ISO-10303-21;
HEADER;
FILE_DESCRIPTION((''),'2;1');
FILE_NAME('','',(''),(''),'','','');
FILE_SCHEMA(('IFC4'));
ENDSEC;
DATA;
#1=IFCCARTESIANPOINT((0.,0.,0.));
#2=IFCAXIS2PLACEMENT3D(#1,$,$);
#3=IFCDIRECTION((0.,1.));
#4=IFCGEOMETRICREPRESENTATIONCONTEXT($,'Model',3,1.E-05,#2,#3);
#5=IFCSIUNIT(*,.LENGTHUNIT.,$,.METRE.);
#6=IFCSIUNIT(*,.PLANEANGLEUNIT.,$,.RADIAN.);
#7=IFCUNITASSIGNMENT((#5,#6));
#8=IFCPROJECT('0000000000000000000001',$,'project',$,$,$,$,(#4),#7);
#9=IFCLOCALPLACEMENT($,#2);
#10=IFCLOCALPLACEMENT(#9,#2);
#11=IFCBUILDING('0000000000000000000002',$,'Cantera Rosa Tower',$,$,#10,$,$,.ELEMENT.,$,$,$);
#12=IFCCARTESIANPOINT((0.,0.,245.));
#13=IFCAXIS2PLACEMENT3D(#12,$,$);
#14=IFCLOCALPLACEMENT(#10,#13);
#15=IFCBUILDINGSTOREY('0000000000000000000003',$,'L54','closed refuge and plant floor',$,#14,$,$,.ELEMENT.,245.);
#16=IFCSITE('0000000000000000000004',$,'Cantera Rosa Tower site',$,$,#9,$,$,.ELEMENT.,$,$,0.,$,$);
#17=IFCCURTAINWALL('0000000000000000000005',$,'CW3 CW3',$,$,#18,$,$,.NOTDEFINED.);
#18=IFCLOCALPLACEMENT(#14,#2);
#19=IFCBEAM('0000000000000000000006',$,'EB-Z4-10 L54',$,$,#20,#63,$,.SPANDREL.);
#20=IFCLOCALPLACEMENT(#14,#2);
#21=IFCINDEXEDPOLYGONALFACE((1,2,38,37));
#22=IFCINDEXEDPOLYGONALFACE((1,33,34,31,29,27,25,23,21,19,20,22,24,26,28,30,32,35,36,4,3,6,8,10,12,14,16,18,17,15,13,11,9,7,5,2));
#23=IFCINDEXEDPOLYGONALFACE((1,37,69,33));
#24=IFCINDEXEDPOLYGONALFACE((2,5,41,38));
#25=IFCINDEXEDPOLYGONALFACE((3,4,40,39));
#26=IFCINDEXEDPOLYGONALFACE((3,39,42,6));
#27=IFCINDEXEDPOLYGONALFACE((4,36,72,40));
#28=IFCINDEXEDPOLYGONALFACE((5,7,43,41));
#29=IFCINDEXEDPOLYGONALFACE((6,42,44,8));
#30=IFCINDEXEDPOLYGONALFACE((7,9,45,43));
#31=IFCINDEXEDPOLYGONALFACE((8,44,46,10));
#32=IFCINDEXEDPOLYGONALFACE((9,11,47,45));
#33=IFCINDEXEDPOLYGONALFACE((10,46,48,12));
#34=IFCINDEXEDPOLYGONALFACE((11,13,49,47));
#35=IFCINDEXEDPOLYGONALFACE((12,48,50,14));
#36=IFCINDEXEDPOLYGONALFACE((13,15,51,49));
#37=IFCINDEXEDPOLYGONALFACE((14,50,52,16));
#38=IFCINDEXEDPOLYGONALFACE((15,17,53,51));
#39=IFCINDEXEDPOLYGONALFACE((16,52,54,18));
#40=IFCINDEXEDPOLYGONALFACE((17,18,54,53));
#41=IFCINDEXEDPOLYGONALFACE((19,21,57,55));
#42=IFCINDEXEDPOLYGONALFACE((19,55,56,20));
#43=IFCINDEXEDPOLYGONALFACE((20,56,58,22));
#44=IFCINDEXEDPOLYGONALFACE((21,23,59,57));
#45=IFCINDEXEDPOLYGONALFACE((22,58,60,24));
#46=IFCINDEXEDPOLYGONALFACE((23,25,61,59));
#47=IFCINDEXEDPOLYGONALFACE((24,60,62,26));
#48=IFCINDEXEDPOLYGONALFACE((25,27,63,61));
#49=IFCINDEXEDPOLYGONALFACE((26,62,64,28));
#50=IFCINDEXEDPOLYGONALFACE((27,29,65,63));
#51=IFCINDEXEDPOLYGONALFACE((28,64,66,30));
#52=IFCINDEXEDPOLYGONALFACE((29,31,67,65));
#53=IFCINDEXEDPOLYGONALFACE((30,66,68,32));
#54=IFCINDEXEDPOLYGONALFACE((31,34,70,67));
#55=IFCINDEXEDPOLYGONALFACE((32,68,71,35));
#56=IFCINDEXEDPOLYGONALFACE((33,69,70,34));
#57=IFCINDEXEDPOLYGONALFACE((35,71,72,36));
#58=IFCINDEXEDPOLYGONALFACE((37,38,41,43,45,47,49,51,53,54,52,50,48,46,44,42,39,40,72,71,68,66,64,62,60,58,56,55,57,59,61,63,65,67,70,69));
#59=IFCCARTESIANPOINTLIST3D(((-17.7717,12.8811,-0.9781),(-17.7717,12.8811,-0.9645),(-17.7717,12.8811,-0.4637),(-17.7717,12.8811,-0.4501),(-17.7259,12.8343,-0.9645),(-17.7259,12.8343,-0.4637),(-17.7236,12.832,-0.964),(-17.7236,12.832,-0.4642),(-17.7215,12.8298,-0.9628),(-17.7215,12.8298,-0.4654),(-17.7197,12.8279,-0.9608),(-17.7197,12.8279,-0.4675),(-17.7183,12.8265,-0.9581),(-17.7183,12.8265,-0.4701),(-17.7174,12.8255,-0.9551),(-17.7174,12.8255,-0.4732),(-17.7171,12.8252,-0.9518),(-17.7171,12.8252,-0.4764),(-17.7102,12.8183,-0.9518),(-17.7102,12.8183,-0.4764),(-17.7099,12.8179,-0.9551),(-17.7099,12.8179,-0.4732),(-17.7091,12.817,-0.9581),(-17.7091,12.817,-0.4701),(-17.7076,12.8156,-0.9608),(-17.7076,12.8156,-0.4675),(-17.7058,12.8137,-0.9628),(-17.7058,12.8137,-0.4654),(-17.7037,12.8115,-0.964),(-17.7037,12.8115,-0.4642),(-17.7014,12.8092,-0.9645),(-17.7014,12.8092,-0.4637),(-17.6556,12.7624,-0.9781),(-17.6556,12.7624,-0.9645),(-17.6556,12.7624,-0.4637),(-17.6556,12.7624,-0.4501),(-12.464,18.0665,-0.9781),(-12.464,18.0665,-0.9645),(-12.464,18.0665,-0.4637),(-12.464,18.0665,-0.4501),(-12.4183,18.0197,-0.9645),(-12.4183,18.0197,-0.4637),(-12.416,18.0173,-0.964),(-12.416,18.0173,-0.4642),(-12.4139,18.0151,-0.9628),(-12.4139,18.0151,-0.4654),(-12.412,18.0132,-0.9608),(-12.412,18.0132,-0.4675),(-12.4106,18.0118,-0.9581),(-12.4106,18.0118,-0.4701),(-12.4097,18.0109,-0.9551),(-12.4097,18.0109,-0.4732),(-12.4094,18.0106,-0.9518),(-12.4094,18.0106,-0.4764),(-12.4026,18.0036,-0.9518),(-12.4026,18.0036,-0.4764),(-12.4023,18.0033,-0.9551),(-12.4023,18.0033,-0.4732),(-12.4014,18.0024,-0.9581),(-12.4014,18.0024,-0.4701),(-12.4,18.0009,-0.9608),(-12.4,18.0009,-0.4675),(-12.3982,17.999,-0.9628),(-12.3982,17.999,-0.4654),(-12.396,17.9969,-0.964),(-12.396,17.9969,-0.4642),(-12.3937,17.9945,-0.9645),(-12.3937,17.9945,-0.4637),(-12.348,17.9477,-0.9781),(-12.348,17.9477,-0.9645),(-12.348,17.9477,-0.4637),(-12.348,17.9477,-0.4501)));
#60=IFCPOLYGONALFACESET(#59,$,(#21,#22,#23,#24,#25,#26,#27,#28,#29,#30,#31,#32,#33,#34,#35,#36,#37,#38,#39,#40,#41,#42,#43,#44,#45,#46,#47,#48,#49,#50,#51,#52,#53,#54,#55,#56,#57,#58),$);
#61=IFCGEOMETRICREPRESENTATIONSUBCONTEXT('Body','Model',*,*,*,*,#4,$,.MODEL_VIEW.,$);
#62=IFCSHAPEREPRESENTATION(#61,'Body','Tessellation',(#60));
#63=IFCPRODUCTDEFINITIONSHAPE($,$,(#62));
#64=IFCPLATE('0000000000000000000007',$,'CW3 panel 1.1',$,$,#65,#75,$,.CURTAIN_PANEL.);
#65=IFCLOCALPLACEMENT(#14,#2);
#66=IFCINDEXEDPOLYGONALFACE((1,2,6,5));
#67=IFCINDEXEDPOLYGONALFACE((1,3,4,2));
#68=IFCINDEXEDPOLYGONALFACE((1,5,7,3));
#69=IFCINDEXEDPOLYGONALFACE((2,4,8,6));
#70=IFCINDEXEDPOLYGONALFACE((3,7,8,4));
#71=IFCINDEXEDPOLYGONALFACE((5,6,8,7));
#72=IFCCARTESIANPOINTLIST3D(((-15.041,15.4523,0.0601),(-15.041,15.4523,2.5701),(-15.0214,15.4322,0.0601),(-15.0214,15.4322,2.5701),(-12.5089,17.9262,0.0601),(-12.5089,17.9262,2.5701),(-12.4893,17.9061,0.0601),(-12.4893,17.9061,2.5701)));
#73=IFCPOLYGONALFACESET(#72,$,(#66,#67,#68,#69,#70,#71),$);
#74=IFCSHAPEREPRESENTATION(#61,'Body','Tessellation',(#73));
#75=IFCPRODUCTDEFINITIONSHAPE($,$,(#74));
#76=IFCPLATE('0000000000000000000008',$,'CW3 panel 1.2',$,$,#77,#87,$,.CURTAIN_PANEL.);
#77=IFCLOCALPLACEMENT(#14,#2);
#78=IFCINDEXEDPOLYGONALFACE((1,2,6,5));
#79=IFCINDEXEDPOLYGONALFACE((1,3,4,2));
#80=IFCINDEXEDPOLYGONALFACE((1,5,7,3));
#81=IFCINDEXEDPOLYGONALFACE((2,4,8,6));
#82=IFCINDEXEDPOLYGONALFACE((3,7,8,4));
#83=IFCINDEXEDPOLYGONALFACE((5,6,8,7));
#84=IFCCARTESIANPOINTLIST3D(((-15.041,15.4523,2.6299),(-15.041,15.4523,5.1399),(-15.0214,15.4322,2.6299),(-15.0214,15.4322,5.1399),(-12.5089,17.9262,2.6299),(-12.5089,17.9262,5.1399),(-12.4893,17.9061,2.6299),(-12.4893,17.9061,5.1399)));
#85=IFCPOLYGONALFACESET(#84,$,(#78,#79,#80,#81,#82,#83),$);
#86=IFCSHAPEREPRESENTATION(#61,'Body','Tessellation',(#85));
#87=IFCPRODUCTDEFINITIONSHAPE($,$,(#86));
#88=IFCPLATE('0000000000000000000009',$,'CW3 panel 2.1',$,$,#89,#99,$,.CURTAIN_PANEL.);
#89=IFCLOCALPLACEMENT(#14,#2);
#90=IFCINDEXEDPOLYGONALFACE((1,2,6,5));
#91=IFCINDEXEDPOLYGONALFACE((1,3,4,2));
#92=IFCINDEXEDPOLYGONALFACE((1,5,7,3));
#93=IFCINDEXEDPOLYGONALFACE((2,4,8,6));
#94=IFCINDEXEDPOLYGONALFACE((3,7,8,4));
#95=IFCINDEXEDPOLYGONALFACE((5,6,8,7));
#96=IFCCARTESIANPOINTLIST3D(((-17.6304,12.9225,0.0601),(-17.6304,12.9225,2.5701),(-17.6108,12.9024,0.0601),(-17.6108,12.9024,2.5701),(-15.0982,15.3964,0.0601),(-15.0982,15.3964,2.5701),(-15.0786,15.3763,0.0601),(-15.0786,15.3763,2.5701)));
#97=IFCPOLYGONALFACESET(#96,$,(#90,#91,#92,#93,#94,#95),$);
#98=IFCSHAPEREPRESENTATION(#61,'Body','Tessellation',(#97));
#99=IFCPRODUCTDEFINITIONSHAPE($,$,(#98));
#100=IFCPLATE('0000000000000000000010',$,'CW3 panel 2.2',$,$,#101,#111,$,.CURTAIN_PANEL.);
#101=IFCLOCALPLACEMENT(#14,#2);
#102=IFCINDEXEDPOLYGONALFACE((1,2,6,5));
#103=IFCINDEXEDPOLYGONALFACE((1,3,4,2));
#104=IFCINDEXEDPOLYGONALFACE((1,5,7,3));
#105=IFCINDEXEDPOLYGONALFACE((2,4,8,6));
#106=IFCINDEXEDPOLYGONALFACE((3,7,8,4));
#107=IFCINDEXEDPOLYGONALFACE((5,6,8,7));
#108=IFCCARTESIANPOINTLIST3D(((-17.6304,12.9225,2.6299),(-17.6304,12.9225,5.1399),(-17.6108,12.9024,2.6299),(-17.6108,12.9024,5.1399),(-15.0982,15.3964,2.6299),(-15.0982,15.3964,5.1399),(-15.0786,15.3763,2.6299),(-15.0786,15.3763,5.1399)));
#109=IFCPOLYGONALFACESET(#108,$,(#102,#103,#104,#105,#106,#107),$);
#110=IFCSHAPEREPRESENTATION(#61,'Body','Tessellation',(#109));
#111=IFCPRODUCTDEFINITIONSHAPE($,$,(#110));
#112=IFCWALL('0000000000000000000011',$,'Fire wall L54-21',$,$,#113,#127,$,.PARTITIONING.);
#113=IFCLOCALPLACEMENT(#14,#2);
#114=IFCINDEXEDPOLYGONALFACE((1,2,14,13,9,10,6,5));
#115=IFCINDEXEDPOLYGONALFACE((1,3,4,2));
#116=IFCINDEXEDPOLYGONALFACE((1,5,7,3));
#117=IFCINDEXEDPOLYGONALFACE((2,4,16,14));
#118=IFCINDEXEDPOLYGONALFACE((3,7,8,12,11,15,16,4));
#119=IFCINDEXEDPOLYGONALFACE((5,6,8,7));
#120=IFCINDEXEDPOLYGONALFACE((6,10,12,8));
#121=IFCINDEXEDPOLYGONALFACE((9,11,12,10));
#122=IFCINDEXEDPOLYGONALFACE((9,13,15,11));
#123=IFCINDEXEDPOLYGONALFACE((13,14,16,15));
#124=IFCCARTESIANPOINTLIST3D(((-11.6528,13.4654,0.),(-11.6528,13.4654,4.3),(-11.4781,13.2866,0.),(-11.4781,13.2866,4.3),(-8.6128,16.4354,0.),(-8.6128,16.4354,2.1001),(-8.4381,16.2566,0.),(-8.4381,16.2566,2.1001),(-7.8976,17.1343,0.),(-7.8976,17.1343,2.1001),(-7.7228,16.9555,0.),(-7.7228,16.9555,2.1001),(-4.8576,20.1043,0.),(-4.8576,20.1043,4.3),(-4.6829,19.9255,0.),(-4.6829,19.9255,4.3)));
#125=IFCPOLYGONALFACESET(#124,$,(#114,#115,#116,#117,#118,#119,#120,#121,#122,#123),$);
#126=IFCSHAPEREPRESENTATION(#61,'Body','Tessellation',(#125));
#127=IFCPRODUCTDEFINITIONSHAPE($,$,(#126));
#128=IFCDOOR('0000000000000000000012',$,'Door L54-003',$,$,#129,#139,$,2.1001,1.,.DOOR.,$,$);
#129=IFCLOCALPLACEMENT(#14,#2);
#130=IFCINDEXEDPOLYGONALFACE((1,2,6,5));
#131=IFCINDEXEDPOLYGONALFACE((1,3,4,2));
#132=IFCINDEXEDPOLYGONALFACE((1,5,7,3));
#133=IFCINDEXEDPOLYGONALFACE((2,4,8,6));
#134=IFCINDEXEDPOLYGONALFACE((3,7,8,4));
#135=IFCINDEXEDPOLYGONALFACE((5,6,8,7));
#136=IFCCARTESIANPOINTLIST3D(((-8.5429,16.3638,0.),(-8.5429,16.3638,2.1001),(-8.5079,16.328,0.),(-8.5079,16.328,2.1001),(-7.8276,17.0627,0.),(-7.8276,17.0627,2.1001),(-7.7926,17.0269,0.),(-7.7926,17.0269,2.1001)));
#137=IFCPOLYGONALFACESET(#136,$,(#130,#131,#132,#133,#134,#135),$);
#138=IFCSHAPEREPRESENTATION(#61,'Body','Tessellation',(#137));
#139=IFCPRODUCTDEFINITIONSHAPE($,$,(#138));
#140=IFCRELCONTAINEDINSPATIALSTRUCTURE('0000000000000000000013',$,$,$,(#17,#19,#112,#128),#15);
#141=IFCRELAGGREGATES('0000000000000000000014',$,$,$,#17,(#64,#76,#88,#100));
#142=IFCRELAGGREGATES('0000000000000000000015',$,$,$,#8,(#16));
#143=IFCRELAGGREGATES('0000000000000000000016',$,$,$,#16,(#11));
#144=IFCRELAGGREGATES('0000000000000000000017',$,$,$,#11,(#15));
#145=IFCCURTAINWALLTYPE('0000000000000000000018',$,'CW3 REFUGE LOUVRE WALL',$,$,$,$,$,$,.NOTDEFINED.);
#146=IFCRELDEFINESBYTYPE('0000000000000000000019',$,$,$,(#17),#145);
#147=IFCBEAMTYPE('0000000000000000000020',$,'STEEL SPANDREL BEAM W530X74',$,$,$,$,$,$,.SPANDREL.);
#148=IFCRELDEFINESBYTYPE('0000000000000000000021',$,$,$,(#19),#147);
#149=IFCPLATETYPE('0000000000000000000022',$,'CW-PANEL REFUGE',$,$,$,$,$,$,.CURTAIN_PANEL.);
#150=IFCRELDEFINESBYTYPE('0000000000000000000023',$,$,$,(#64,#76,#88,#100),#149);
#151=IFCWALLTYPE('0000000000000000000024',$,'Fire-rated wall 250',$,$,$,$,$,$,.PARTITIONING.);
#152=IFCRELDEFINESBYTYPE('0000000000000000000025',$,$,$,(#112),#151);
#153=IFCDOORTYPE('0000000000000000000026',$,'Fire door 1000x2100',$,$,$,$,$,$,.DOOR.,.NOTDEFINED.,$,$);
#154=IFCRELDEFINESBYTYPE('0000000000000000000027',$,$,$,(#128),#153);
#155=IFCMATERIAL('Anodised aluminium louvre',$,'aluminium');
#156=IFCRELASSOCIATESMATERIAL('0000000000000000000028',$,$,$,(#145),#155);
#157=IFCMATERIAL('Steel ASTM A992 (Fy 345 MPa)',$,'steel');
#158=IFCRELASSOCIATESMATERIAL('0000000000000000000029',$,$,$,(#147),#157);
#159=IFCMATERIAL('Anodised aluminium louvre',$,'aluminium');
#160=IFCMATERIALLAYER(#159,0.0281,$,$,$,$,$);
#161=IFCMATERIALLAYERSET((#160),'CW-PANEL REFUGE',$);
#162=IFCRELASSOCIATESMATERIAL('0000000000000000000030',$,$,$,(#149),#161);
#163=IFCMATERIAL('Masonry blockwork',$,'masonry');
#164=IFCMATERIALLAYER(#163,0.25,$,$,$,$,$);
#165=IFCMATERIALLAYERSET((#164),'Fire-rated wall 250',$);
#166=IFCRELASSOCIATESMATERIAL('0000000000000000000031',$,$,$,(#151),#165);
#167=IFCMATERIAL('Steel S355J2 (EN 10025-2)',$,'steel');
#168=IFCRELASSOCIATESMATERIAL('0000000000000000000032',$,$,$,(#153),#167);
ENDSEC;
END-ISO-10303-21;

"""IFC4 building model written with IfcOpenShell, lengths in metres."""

from ifc_helpers import new_model, si_unit, direction, frame, frame_2d, origin, origin_2d, place, context, subcontext, project, spatial, rectangle, i_section, extrude, material, layer, layer_set, material_profile, profile_set, type_object, element, fill, aggregate, save


model = new_model("IFC4")

# Units and contexts
model_context = context("Model", 3, precision=1e-05, world=origin(), true_north=direction((0.0, 1.0)))
body_context = subcontext(model_context, "Body", "Model", "MODEL_VIEW")
ifc_project = project(units=[si_unit("LENGTHUNIT", "METRE"), si_unit("PLANEANGLEUNIT", "RADIAN")], contexts=[model_context])

# Site, building, storey
site_placement = place(None, origin())
site = spatial("IfcSite", under=ifc_project, at=site_placement, Name="Cantera Rosa Tower site", CompositionType="ELEMENT", RefElevation=0.0)
building_placement = place(site_placement, origin())
building = spatial("IfcBuilding", under=site, at=building_placement, Name="Cantera Rosa Tower", CompositionType="ELEMENT")
storey_placement = place(building_placement, frame((0.0, 0.0, 245.0)))
storey = spatial("IfcBuildingStorey", under=building, at=storey_placement, Name="L54", Description="closed refuge and plant floor", CompositionType="ELEMENT", Elevation=245.0)

# Shared definitions
ifc_material_1 = material(Name="Anodised aluminium louvre", Category="aluminium")
curtain_wall_type = type_object("IfcCurtainWallType", Name="CW3 REFUGE LOUVRE WALL", PredefinedType="NOTDEFINED", material=ifc_material_1)

# Curtain wall
curtain_wall_1_placement = place(storey_placement, origin())
curtain_wall_1 = element("IfcCurtainWall", 1, at=curtain_wall_1_placement, inside=storey, type_object=curtain_wall_type, Name="CW3 CW3", PredefinedType="NOTDEFINED")

# Beam
ifc_material_2 = material(Name="Steel ASTM A992 (Fy 345 MPa)", Category="steel")
ifc_material_profile_1 = material_profile(ifc_material_2, i_section(OverallWidth=0.166, OverallDepth=0.5281, WebThickness=0.0098, FlangeThickness=0.0137, FilletRadius=0.0127, at=origin_2d()), Name="W530X74")
ifc_profile_set_1 = profile_set([ifc_material_profile_1], Name="Steel ASTM A992 (Fy 345 MPa)")
beam_type_1 = type_object("IfcBeamType", Name="STEEL SPANDREL BEAM W530X74", PredefinedType="SPANDREL", material=ifc_profile_set_1)
beam_1_placement = place(storey_placement, frame((-12.406, 18.0071, -0.7141), z_axis=(-0.715301, -0.698817, 0.0), x_axis=(0.698817, -0.715301, 0.0)))
element("IfcBeam", 2, at=beam_1_placement, inside=storey, type_object=beam_type_1, Name="EB-Z4-10 L54", PredefinedType="SPANDREL", context=body_context, shape_type="SweptSolid", body=[
    extrude(i_section(OverallWidth=0.166, OverallDepth=0.5281, WebThickness=0.0098, FlangeThickness=0.0137, FilletRadius=0.0127, at=origin_2d()), origin(), (0.0, 0.0, 1.0), 7.4202),
])

# Plates
ifc_material_3 = material(Name="Anodised aluminium louvre", Category="aluminium")
ifc_layer_1 = layer(ifc_material_3, 0.0281)
ifc_layer_set_1 = layer_set([ifc_layer_1], Name="CW-PANEL REFUGE")
plate_type = type_object("IfcPlateType", Name="CW-PANEL REFUGE", PredefinedType="CURTAIN_PANEL", material=ifc_layer_set_1)
plate_1_placement = place(storey_placement, frame((-13.7651, 16.6792, 0.0601), z_axis=(0.0, 0.0, 1.0), x_axis=(-0.715286, -0.698832, 0.0)))
plate_1 = element("IfcPlate", 3, at=plate_1_placement, type_object=plate_type, Name="CW3 panel 1.1", PredefinedType="CURTAIN_PANEL", context=body_context, shape_type="SweptSolid", body=[
    extrude(rectangle(XDim=3.54, YDim=0.0281, at=origin_2d()), origin(), (0.0, 0.0, 1.0), 2.51),
])
plate_2_placement = place(storey_placement, frame((-13.7651, 16.6792, 2.6299), z_axis=(0.0, 0.0, 1.0), x_axis=(-0.715286, -0.698832, 0.0)))
plate_2 = element("IfcPlate", 4, at=plate_2_placement, type_object=plate_type, Name="CW3 panel 1.2", PredefinedType="CURTAIN_PANEL", context=body_context, shape_type="SweptSolid", body=[
    extrude(rectangle(XDim=3.54, YDim=0.0281, at=origin_2d()), origin(), (0.0, 0.0, 1.0), 2.51),
])
plate_3_placement = place(storey_placement, frame((-16.3545, 14.1494, 0.0601), z_axis=(0.0, 0.0, 1.0), x_axis=(-0.715286, -0.698832, 0.0)))
plate_3 = element("IfcPlate", 5, at=plate_3_placement, type_object=plate_type, Name="CW3 panel 2.1", PredefinedType="CURTAIN_PANEL", context=body_context, shape_type="SweptSolid", body=[
    extrude(rectangle(XDim=3.54, YDim=0.0281, at=origin_2d()), origin(), (0.0, 0.0, 1.0), 2.51),
])
plate_4_placement = place(storey_placement, frame((-16.3545, 14.1494, 2.6299), z_axis=(0.0, 0.0, 1.0), x_axis=(-0.715286, -0.698832, 0.0)))
plate_4 = element("IfcPlate", 6, at=plate_4_placement, type_object=plate_type, Name="CW3 panel 2.2", PredefinedType="CURTAIN_PANEL", context=body_context, shape_type="SweptSolid", body=[
    extrude(rectangle(XDim=3.54, YDim=0.0281, at=origin_2d()), origin(), (0.0, 0.0, 1.0), 2.51),
])
aggregate(curtain_wall_1, [plate_1, plate_2, plate_3, plate_4])

# Wall, opening, door
ifc_material_4 = material(Name="Masonry blockwork", Category="masonry")
ifc_layer_2 = layer(ifc_material_4, 0.25)
ifc_layer_set_2 = layer_set([ifc_layer_2], Name="Fire-rated wall 250")
wall_type = type_object("IfcWallType", Name="Fire-rated wall 250", PredefinedType="PARTITIONING", material=ifc_layer_set_2)
wall_placement = place(storey_placement, frame((-11.5654, 13.376, 0.0), z_axis=(0.0, 0.0, 1.0), x_axis=(0.715283, 0.698835, 0.0)))
wall = element("IfcWall", 7, at=wall_placement, inside=storey, type_object=wall_type, Name="Fire wall L54-21", PredefinedType="PARTITIONING", context=body_context, shape_type="SweptSolid", body=[
    extrude(rectangle(XDim=9.5, YDim=0.25, at=frame_2d((4.75, 0.0))), origin(), (0.0, 0.0, 1.0), 4.3),
])
opening_placement = place(wall_placement, frame((4.25, 0.0, 0.0)))
opening = element("IfcOpeningElement", 8, at=opening_placement, cuts=wall, PredefinedType="OPENING", context=body_context, shape_type="SweptSolid", body=[
    extrude(rectangle(XDim=1.0, YDim=2.1001, at=frame_2d((0.5, 1.05))), frame((0.0, 0.135, 0.0), z_axis=(0.0, -1.0, 0.0), x_axis=(1.0, 0.0, 0.0)), (0.0, 0.0, 1.0), 0.27),
])
ifc_material_5 = material(Name="Steel S355J2 (EN 10025-2)", Category="steel")
door_type = type_object("IfcDoorType", Name="Fire door 1000x2100", OperationType="NOTDEFINED", PredefinedType="DOOR", material=ifc_material_5)
door_placement = place(opening_placement, origin())
door = element("IfcDoor", 9, at=door_placement, inside=storey, type_object=door_type, Name="Door L54-003", OverallHeight=2.1001, OverallWidth=1.0, PredefinedType="DOOR", context=body_context, shape_type="SweptSolid", body=[
    extrude(rectangle(XDim=1.0, YDim=2.1001, at=frame_2d((0.5, 1.05))), frame((0.0, 0.0249, 0.0), z_axis=(0.0, -1.0, 0.0), x_axis=(1.0, 0.0, 0.0)), (0.0, 0.0, 1.0), 0.05),
])
fill(opening, door)

save(model, "model.ifc")
